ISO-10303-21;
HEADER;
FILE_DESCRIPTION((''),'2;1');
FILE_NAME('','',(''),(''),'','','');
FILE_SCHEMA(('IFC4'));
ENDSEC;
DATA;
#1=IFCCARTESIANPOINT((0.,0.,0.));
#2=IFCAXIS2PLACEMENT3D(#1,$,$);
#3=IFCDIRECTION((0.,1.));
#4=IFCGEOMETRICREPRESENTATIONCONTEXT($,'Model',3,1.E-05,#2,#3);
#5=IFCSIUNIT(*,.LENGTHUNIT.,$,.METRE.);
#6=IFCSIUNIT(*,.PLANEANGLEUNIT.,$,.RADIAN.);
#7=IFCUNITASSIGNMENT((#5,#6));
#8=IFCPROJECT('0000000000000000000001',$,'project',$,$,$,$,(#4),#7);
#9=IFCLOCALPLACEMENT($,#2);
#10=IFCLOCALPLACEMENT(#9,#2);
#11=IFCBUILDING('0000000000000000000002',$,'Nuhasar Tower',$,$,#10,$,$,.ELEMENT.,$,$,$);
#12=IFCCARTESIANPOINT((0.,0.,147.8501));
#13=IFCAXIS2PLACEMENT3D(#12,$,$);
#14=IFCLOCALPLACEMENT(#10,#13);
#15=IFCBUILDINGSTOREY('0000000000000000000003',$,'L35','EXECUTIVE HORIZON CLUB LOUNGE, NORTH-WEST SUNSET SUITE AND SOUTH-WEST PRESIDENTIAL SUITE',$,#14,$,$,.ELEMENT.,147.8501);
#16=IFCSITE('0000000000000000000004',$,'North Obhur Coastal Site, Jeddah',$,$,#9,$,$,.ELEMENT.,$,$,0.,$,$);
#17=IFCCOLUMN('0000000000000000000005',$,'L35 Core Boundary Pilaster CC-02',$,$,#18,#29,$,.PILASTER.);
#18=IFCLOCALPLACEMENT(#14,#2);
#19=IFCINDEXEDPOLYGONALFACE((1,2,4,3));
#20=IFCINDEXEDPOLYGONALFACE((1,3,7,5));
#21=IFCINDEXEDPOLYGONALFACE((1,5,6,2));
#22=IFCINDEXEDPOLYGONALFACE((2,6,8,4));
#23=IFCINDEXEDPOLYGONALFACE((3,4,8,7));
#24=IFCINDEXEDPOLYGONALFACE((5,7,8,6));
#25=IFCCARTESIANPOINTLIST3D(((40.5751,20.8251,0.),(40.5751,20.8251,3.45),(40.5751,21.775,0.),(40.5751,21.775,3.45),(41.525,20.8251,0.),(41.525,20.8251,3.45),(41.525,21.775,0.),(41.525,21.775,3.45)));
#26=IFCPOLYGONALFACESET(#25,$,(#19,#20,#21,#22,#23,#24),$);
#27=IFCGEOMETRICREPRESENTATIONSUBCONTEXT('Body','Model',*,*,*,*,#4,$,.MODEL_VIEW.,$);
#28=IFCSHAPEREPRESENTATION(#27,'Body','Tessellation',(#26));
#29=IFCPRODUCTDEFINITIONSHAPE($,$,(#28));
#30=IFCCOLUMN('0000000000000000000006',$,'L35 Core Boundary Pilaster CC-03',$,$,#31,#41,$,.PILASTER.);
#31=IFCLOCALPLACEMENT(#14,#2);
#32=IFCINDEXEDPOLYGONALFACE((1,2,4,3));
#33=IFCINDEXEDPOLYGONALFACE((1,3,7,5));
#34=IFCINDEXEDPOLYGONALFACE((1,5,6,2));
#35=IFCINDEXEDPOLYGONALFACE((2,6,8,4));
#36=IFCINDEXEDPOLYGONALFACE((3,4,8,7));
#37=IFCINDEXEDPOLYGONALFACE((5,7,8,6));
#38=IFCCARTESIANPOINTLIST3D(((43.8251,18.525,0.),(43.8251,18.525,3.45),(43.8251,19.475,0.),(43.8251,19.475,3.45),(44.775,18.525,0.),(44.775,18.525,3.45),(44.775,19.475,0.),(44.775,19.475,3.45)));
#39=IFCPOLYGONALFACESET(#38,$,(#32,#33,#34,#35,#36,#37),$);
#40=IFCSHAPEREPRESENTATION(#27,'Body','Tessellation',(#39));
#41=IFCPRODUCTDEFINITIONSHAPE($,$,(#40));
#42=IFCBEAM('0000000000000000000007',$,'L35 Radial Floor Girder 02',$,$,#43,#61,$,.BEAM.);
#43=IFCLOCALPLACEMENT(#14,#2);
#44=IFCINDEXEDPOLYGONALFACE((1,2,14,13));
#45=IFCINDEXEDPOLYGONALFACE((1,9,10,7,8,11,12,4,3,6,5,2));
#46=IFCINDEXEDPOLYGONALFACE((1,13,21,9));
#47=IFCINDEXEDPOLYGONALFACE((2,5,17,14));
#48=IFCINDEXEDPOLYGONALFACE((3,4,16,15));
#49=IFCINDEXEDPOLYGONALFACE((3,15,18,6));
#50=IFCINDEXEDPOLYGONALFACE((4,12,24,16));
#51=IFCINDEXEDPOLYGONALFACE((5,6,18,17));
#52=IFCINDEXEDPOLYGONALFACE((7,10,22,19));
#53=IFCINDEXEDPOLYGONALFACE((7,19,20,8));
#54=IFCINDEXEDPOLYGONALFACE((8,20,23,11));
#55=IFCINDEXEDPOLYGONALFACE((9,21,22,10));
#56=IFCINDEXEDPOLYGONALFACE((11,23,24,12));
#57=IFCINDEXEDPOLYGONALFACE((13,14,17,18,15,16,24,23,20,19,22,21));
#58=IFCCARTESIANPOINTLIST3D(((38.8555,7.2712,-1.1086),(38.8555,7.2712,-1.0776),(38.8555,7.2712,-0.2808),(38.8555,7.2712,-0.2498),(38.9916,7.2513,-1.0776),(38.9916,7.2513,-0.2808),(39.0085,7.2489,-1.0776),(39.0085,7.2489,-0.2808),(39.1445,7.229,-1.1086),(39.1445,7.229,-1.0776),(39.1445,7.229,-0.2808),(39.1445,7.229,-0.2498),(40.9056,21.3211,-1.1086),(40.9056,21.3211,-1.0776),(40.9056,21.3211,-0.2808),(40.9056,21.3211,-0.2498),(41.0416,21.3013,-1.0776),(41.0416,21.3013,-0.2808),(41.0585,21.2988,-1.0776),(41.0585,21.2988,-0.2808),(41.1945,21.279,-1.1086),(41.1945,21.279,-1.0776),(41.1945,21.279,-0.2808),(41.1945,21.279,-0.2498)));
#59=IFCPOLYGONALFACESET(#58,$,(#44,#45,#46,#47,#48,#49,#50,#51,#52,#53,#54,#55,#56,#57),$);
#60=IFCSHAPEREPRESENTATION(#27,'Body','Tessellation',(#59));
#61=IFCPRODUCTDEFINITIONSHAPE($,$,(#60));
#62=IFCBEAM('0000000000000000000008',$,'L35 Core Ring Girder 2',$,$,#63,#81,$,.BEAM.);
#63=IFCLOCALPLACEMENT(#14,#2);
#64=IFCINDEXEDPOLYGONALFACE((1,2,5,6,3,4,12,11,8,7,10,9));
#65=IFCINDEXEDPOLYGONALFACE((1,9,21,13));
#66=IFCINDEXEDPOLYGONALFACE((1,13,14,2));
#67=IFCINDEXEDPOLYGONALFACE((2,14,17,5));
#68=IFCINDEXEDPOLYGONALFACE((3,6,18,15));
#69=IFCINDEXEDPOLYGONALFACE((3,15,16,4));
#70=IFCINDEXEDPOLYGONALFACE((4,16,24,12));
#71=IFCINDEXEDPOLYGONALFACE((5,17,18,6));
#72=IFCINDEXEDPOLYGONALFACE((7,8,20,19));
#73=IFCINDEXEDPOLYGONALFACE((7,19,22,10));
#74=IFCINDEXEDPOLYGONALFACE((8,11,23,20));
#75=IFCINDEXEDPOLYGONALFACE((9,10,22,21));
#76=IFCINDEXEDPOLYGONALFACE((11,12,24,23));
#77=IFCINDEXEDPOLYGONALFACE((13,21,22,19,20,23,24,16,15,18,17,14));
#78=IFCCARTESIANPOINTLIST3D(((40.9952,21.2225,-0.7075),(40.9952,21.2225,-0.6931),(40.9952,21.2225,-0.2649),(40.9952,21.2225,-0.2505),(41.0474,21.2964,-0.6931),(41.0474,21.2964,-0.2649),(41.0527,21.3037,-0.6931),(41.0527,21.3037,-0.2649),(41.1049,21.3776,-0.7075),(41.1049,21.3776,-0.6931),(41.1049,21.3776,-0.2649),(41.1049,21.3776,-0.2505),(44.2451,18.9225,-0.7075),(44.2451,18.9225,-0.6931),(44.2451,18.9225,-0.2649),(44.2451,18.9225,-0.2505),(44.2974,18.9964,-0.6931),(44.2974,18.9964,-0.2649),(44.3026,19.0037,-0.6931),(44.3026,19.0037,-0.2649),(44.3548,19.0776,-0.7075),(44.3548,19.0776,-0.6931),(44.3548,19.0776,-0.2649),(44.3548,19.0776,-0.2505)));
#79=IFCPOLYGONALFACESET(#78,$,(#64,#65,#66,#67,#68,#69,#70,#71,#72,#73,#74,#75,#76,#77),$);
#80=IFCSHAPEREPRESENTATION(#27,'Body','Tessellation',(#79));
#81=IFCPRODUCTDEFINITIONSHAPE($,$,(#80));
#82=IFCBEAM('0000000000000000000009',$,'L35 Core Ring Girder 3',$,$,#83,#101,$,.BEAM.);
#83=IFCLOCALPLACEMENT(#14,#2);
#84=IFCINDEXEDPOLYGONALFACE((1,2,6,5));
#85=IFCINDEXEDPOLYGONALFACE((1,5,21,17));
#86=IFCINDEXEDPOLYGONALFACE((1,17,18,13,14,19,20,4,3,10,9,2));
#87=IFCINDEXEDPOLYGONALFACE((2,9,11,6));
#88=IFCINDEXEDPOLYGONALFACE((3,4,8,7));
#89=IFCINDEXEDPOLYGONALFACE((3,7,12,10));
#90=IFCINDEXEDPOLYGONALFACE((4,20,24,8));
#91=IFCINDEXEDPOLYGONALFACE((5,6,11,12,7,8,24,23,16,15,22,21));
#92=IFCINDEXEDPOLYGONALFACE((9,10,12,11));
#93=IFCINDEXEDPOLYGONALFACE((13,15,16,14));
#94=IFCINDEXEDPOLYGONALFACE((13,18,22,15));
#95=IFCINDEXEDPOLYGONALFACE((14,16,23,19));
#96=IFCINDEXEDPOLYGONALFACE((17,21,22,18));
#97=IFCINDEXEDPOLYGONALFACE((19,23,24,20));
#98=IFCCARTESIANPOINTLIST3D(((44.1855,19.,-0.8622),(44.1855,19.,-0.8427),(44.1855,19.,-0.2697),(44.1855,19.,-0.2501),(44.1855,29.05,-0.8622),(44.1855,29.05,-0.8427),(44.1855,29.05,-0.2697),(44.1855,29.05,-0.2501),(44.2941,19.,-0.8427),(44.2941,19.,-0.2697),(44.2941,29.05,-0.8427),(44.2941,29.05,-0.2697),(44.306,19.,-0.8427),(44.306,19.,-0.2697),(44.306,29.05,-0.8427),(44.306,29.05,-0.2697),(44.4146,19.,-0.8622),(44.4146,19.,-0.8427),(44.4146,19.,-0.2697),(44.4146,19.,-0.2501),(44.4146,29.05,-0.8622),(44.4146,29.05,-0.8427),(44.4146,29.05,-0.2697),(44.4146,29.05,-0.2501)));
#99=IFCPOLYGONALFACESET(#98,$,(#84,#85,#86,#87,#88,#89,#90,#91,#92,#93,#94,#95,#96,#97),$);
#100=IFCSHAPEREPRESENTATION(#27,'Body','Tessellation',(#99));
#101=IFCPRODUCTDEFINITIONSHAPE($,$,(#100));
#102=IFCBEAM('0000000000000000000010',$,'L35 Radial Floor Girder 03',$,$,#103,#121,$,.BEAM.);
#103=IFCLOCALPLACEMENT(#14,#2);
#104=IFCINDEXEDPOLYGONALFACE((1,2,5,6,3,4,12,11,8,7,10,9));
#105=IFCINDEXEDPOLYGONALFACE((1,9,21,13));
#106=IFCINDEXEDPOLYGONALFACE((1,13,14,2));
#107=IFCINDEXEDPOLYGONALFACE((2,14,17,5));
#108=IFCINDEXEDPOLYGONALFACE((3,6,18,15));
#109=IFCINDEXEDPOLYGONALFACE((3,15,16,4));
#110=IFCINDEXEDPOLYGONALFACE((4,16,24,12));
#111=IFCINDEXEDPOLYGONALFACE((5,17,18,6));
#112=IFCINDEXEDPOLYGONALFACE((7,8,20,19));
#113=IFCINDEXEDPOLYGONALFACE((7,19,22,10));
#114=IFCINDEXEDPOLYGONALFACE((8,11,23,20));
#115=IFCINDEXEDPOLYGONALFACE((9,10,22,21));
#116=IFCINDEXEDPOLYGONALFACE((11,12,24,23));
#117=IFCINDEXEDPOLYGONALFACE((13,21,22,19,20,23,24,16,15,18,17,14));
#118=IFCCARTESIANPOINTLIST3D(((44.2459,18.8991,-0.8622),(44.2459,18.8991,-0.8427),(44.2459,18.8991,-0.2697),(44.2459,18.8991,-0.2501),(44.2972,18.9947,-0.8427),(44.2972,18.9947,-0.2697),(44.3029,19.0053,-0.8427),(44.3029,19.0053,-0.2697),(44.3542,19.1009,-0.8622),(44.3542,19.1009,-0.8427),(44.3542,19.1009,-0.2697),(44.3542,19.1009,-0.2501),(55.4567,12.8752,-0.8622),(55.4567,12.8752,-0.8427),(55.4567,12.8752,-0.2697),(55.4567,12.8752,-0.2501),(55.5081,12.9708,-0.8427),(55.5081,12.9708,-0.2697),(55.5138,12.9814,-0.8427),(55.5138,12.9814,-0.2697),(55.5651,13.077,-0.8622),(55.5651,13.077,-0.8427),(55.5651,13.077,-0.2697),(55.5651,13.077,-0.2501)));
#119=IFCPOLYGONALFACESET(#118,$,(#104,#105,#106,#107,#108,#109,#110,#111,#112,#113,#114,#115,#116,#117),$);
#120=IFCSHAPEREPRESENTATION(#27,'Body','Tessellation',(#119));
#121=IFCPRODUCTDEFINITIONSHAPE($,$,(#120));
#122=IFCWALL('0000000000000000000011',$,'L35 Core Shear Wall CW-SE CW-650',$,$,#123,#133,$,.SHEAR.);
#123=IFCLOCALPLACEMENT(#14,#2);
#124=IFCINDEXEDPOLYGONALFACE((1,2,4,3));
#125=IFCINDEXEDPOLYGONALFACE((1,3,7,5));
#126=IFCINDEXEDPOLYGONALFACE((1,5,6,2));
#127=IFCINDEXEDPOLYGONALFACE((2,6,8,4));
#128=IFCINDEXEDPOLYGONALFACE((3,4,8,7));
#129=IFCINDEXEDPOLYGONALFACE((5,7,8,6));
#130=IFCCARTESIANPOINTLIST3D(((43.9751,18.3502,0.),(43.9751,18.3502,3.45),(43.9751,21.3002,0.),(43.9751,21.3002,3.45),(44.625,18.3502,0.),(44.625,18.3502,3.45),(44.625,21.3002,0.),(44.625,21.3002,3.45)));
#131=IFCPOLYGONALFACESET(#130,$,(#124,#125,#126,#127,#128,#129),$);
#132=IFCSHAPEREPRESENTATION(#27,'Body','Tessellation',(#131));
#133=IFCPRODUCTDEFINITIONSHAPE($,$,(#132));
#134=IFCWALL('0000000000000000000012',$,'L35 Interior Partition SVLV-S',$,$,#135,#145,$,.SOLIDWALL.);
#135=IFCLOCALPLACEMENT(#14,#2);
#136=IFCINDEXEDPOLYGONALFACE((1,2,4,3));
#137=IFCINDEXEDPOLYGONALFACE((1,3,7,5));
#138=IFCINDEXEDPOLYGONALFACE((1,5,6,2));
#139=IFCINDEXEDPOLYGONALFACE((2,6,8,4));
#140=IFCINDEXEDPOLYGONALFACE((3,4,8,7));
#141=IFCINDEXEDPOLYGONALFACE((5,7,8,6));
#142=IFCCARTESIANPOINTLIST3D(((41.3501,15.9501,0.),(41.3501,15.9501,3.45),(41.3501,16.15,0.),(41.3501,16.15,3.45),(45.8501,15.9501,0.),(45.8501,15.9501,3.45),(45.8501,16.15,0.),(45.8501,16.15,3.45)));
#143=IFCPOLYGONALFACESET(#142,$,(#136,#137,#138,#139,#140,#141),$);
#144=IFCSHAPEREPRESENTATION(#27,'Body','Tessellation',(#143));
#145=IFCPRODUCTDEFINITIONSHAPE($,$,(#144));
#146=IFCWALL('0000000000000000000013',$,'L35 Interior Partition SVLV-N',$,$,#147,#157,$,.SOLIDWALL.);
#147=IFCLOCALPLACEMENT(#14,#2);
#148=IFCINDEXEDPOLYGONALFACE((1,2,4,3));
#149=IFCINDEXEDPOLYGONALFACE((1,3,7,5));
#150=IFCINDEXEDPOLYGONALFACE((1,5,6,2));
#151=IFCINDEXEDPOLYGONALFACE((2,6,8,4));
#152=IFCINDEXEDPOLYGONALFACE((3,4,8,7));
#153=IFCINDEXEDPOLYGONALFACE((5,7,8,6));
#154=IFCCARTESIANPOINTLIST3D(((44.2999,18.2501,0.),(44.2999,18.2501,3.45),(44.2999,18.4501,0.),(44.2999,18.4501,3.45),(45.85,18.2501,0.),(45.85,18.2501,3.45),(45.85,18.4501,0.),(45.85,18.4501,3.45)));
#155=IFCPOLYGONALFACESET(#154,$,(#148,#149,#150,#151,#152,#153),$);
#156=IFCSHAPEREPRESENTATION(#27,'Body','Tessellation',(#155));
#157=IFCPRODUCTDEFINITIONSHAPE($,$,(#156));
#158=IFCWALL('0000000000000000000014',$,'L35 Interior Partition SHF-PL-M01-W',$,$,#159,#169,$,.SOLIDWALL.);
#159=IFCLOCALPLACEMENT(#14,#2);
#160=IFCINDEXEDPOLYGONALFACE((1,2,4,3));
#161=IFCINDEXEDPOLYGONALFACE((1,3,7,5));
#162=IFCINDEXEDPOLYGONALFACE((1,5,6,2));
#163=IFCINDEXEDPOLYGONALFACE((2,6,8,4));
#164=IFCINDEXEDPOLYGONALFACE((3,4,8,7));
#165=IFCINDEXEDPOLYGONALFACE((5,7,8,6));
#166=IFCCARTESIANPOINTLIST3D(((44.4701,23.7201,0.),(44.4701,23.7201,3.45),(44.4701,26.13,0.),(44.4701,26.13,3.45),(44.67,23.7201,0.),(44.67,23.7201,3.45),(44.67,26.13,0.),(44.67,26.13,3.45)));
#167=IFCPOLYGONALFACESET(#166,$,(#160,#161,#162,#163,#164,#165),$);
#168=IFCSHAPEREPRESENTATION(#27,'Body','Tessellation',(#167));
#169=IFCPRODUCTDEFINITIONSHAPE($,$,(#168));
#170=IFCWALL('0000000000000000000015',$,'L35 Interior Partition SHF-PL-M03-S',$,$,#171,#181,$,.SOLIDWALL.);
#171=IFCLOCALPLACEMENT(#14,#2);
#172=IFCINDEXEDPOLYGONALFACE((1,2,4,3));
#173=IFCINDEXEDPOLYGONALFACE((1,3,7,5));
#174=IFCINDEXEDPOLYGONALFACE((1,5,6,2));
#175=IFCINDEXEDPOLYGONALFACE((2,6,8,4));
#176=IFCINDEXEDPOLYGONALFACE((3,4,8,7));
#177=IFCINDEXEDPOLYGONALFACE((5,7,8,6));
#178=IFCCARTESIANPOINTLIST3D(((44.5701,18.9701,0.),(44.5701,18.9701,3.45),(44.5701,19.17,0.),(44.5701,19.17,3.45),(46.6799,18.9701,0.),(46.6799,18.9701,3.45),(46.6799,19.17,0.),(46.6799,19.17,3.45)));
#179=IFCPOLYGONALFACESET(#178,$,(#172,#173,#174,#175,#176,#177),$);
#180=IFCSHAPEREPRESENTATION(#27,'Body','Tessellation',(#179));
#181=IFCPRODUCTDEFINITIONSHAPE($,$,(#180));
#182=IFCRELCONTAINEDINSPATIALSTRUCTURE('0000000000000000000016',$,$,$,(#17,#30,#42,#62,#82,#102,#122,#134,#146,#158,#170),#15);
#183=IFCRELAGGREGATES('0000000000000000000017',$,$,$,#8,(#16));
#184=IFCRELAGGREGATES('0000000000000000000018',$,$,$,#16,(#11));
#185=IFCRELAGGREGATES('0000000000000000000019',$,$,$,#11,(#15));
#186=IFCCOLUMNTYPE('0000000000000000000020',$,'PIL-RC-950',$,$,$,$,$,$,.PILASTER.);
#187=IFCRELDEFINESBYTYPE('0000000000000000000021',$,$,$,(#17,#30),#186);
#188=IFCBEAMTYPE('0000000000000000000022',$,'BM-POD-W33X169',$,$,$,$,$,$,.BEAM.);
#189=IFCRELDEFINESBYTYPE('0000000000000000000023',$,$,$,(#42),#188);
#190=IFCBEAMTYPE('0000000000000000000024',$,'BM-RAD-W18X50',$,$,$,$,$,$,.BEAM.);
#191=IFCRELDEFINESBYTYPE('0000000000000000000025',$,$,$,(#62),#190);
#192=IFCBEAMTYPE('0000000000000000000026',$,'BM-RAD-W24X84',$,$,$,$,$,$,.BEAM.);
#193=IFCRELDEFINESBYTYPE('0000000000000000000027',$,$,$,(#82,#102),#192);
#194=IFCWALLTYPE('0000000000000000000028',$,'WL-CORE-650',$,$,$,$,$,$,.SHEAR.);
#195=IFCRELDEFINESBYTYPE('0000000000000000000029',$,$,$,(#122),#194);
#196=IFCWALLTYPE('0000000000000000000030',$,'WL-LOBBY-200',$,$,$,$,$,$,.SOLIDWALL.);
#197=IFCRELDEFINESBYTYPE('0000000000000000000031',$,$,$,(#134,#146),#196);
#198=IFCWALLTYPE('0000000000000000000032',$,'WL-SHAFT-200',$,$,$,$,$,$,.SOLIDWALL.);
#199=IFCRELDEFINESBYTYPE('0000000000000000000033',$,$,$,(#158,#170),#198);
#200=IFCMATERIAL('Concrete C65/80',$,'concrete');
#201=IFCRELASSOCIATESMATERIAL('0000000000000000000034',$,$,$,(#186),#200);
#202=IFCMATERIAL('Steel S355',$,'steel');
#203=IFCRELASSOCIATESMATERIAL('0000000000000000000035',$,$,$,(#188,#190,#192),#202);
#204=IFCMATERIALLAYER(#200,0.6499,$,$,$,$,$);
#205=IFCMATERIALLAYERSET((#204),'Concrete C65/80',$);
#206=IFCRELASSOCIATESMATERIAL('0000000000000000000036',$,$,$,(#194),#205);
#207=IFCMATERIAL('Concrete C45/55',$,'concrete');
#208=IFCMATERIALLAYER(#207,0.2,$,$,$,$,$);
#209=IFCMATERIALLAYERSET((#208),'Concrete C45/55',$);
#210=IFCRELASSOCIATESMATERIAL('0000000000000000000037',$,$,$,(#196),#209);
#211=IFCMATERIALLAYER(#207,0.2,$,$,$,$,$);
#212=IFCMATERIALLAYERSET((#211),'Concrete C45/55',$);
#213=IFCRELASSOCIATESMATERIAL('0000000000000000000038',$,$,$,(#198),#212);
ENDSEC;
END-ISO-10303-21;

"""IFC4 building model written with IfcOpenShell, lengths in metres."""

from ifc_helpers import new_model, si_unit, direction, frame, frame_2d, origin, origin_2d, place, context, subcontext, project, spatial, rectangle, i_section, extrude, material, layer, layer_set, material_profile, profile_set, type_object, element, save


model = new_model("IFC4")

# Units and contexts
model_context = context("Model", 3, precision=1e-05, world=origin(), true_north=direction((0.0, 1.0)))
body_context = subcontext(model_context, "Body", "Model", "MODEL_VIEW")
ifc_project = project(units=[si_unit("LENGTHUNIT", "METRE"), si_unit("PLANEANGLEUNIT", "RADIAN")], contexts=[model_context])

# Site, building, storey
site_placement = place(None, origin())
site = spatial("IfcSite", under=ifc_project, at=site_placement, Name="North Obhur Coastal Site, Jeddah", CompositionType="ELEMENT", RefElevation=0.0)
building_placement = place(site_placement, origin())
building = spatial("IfcBuilding", under=site, at=building_placement, Name="Nuhasar Tower", CompositionType="ELEMENT")
storey_placement = place(building_placement, frame((0.0, 0.0, 147.8501)))
storey = spatial("IfcBuildingStorey", under=building, at=storey_placement, Name="L35", Description="EXECUTIVE HORIZON CLUB LOUNGE, NORTH-WEST SUNSET SUITE AND SOUTH-WEST PRESIDENTIAL SUITE", CompositionType="ELEMENT", Elevation=147.8501)

# Columns
ifc_material_1 = material(Name="Concrete C65/80", Category="concrete")
ifc_material_profile_1 = material_profile(ifc_material_1, rectangle(XDim=0.95, YDim=0.95, at=origin_2d()), Name="RC950X950")
ifc_profile_set_1 = profile_set([ifc_material_profile_1], Name="Concrete C65/80")
column_type = type_object("IfcColumnType", Name="PIL-RC-950", PredefinedType="PILASTER", material=ifc_profile_set_1)
for number, where, z_axis, x_axis, name in (
    (1, (41.05, 21.3, 0.0), (0.0, 0.0, 1.0), (1.0, 0.0, 0.0), "L35 Core Boundary Pilaster CC-02"),
    (2, (44.3, 19.0, 0.0), (0.0, 0.0, 1.0), (1.0, 0.0, 0.0), "L35 Core Boundary Pilaster CC-03"),
):
    element("IfcColumn", number, at=place(storey_placement, frame(where, z_axis=z_axis, x_axis=x_axis)), inside=storey, type_object=column_type, Name=name, PredefinedType="PILASTER", context=body_context, shape_type="SweptSolid", body=[
        extrude(rectangle(XDim=0.95, YDim=0.95, at=origin_2d()), origin(), (0.0, 0.0, 1.0), 3.45),
    ])

# Beams
ifc_material_2 = material(Name="Steel S355", Category="steel")
ifc_material_profile_2 = material_profile(ifc_material_2, i_section(OverallWidth=0.292, OverallDepth=0.8589, WebThickness=0.0171, FlangeThickness=0.031, at=origin_2d()), Name="W33X169")
ifc_profile_set_2 = profile_set([ifc_material_profile_2], Name="Steel S355")
beam_type_1 = type_object("IfcBeamType", Name="BM-POD-W33X169", PredefinedType="BEAM", material=ifc_profile_set_2)
beam_1_placement = place(storey_placement, frame((41.05, 21.3, -0.6792), z_axis=(-0.144382, -0.989522, 0.0), x_axis=(0.989522, -0.144382, 0.0)))
element("IfcBeam", 3, at=beam_1_placement, inside=storey, type_object=beam_type_1, Name="L35 Radial Floor Girder 02", PredefinedType="BEAM", context=body_context, shape_type="SweptSolid", body=[
    extrude(i_section(OverallWidth=0.292, OverallDepth=0.8589, WebThickness=0.0171, FlangeThickness=0.031, at=origin_2d()), origin(), (0.0, 0.0, 1.0), 14.1987),
])
ifc_material_profile_3 = material_profile(ifc_material_2, i_section(OverallWidth=0.1899, OverallDepth=0.457, WebThickness=0.009, FlangeThickness=0.0144, at=origin_2d()), Name="W18X50")
ifc_profile_set_3 = profile_set([ifc_material_profile_3], Name="Steel S355")
beam_type_2 = type_object("IfcBeamType", Name="BM-RAD-W18X50", PredefinedType="BEAM", material=ifc_profile_set_3)
beam_2_placement = place(storey_placement, frame((41.05, 21.3, -0.479), z_axis=(0.816265, -0.577677, 0.0), x_axis=(0.577677, 0.816265, 0.0)))
element("IfcBeam", 4, at=beam_2_placement, inside=storey, type_object=beam_type_2, Name="L35 Core Ring Girder 2", PredefinedType="BEAM", context=body_context, shape_type="SweptSolid", body=[
    extrude(i_section(OverallWidth=0.1899, OverallDepth=0.457, WebThickness=0.009, FlangeThickness=0.0144, at=origin_2d()), origin(), (0.0, 0.0, 1.0), 3.9814),
])
ifc_material_profile_4 = material_profile(ifc_material_2, i_section(OverallWidth=0.229, OverallDepth=0.6121, WebThickness=0.012, FlangeThickness=0.0195, at=origin_2d()), Name="W24X84")
ifc_profile_set_4 = profile_set([ifc_material_profile_4], Name="Steel S355")
beam_type_3 = type_object("IfcBeamType", Name="BM-RAD-W24X84", PredefinedType="BEAM", material=ifc_profile_set_4)
beam_3_placement = place(storey_placement, frame((44.3, 19.0, -0.5562), z_axis=(0.0, 1.0, 0.0), x_axis=(-1.0, 0.0, 0.0)))
element("IfcBeam", 5, at=beam_3_placement, inside=storey, type_object=beam_type_3, Name="L35 Core Ring Girder 3", PredefinedType="BEAM", context=body_context, shape_type="SweptSolid", body=[
    extrude(i_section(OverallWidth=0.229, OverallDepth=0.6121, WebThickness=0.012, FlangeThickness=0.0195, at=origin_2d()), origin(), (0.0, 0.0, 1.0), 10.05),
])
beam_4_placement = place(storey_placement, frame((44.3, 19.0, -0.5562), z_axis=(0.880888, -0.473324, 0.0), x_axis=(0.473324, 0.880888, 0.0)))
element("IfcBeam", 6, at=beam_4_placement, inside=storey, type_object=beam_type_3, Name="L35 Radial Floor Girder 03", PredefinedType="BEAM", context=body_context, shape_type="SweptSolid", body=[
    extrude(i_section(OverallWidth=0.229, OverallDepth=0.6121, WebThickness=0.012, FlangeThickness=0.0195, at=origin_2d()), origin(), (0.0, 0.0, 1.0), 12.7268),
])

# Wall
ifc_layer_1 = layer(ifc_material_1, 0.6499)
ifc_layer_set_1 = layer_set([ifc_layer_1], Name="Concrete C65/80")
wall_type_1 = type_object("IfcWallType", Name="WL-CORE-650", PredefinedType="SHEAR", material=ifc_layer_set_1)
wall_1_placement = place(storey_placement, frame((44.3, 18.3501, 0.0), z_axis=(0.0, 0.0, 1.0), x_axis=(0.0, 1.0, 0.0)))
element("IfcWall", 7, at=wall_1_placement, inside=storey, type_object=wall_type_1, Name="L35 Core Shear Wall CW-SE CW-650", PredefinedType="SHEAR", context=body_context, shape_type="SweptSolid", body=[
    extrude(rectangle(XDim=2.95, YDim=0.6499, at=frame_2d((1.4751, 0.0))), origin(), (0.0, 0.0, 1.0), 3.45),
])

# Shared definitions
ifc_material_3 = material(Name="Concrete C45/55", Category="concrete")
ifc_layer_2 = layer(ifc_material_3, 0.2)
ifc_layer_set_2 = layer_set([ifc_layer_2], Name="Concrete C45/55")
wall_type_2 = type_object("IfcWallType", Name="WL-LOBBY-200", PredefinedType="SOLIDWALL", material=ifc_layer_set_2)

# Walls
wall_2_placement = place(storey_placement, frame((41.3501, 16.05, 0.0), z_axis=(0.0, 0.0, 1.0), x_axis=(1.0, 0.0, 0.0)))
element("IfcWall", 8, at=wall_2_placement, inside=storey, type_object=wall_type_2, Name="L35 Interior Partition SVLV-S", PredefinedType="SOLIDWALL", context=body_context, shape_type="SweptSolid", body=[
    extrude(rectangle(XDim=4.5, YDim=0.2, at=frame_2d((2.25, 0.0))), origin(), (0.0, 0.0, 1.0), 3.45),
])
wall_3_placement = place(storey_placement, frame((44.3, 18.3501, 0.0), z_axis=(0.0, 0.0, 1.0), x_axis=(1.0, 0.0, 0.0)))
element("IfcWall", 9, at=wall_3_placement, inside=storey, type_object=wall_type_2, Name="L35 Interior Partition SVLV-N", PredefinedType="SOLIDWALL", context=body_context, shape_type="SweptSolid", body=[
    extrude(rectangle(XDim=1.55, YDim=0.2, at=frame_2d((0.7749, 0.0))), origin(), (0.0, 0.0, 1.0), 3.45),
])

# Shared definitions
ifc_layer_3 = layer(ifc_material_3, 0.2)
ifc_layer_set_3 = layer_set([ifc_layer_3], Name="Concrete C45/55")
wall_type_3 = type_object("IfcWallType", Name="WL-SHAFT-200", PredefinedType="SOLIDWALL", material=ifc_layer_set_3)

# Walls
wall_4_placement = place(storey_placement, frame((44.5701, 23.72, 0.0), z_axis=(0.0, 0.0, 1.0), x_axis=(0.0, 1.0, 0.0)))
element("IfcWall", 10, at=wall_4_placement, inside=storey, type_object=wall_type_3, Name="L35 Interior Partition SHF-PL-M01-W", PredefinedType="SOLIDWALL", context=body_context, shape_type="SweptSolid", body=[
    extrude(rectangle(XDim=2.4099, YDim=0.2, at=frame_2d((1.2051, 0.0))), origin(), (0.0, 0.0, 1.0), 3.45),
])
wall_5_placement = place(storey_placement, frame((44.5701, 19.0701, 0.0), z_axis=(0.0, 0.0, 1.0), x_axis=(1.0, 0.0, 0.0)))
element("IfcWall", 11, at=wall_5_placement, inside=storey, type_object=wall_type_3, Name="L35 Interior Partition SHF-PL-M03-S", PredefinedType="SOLIDWALL", context=body_context, shape_type="SweptSolid", body=[
    extrude(rectangle(XDim=2.1099, YDim=0.2, at=frame_2d((1.0549, 0.0))), origin(), (0.0, 0.0, 1.0), 3.45),
])

save(model, "model.ifc")
